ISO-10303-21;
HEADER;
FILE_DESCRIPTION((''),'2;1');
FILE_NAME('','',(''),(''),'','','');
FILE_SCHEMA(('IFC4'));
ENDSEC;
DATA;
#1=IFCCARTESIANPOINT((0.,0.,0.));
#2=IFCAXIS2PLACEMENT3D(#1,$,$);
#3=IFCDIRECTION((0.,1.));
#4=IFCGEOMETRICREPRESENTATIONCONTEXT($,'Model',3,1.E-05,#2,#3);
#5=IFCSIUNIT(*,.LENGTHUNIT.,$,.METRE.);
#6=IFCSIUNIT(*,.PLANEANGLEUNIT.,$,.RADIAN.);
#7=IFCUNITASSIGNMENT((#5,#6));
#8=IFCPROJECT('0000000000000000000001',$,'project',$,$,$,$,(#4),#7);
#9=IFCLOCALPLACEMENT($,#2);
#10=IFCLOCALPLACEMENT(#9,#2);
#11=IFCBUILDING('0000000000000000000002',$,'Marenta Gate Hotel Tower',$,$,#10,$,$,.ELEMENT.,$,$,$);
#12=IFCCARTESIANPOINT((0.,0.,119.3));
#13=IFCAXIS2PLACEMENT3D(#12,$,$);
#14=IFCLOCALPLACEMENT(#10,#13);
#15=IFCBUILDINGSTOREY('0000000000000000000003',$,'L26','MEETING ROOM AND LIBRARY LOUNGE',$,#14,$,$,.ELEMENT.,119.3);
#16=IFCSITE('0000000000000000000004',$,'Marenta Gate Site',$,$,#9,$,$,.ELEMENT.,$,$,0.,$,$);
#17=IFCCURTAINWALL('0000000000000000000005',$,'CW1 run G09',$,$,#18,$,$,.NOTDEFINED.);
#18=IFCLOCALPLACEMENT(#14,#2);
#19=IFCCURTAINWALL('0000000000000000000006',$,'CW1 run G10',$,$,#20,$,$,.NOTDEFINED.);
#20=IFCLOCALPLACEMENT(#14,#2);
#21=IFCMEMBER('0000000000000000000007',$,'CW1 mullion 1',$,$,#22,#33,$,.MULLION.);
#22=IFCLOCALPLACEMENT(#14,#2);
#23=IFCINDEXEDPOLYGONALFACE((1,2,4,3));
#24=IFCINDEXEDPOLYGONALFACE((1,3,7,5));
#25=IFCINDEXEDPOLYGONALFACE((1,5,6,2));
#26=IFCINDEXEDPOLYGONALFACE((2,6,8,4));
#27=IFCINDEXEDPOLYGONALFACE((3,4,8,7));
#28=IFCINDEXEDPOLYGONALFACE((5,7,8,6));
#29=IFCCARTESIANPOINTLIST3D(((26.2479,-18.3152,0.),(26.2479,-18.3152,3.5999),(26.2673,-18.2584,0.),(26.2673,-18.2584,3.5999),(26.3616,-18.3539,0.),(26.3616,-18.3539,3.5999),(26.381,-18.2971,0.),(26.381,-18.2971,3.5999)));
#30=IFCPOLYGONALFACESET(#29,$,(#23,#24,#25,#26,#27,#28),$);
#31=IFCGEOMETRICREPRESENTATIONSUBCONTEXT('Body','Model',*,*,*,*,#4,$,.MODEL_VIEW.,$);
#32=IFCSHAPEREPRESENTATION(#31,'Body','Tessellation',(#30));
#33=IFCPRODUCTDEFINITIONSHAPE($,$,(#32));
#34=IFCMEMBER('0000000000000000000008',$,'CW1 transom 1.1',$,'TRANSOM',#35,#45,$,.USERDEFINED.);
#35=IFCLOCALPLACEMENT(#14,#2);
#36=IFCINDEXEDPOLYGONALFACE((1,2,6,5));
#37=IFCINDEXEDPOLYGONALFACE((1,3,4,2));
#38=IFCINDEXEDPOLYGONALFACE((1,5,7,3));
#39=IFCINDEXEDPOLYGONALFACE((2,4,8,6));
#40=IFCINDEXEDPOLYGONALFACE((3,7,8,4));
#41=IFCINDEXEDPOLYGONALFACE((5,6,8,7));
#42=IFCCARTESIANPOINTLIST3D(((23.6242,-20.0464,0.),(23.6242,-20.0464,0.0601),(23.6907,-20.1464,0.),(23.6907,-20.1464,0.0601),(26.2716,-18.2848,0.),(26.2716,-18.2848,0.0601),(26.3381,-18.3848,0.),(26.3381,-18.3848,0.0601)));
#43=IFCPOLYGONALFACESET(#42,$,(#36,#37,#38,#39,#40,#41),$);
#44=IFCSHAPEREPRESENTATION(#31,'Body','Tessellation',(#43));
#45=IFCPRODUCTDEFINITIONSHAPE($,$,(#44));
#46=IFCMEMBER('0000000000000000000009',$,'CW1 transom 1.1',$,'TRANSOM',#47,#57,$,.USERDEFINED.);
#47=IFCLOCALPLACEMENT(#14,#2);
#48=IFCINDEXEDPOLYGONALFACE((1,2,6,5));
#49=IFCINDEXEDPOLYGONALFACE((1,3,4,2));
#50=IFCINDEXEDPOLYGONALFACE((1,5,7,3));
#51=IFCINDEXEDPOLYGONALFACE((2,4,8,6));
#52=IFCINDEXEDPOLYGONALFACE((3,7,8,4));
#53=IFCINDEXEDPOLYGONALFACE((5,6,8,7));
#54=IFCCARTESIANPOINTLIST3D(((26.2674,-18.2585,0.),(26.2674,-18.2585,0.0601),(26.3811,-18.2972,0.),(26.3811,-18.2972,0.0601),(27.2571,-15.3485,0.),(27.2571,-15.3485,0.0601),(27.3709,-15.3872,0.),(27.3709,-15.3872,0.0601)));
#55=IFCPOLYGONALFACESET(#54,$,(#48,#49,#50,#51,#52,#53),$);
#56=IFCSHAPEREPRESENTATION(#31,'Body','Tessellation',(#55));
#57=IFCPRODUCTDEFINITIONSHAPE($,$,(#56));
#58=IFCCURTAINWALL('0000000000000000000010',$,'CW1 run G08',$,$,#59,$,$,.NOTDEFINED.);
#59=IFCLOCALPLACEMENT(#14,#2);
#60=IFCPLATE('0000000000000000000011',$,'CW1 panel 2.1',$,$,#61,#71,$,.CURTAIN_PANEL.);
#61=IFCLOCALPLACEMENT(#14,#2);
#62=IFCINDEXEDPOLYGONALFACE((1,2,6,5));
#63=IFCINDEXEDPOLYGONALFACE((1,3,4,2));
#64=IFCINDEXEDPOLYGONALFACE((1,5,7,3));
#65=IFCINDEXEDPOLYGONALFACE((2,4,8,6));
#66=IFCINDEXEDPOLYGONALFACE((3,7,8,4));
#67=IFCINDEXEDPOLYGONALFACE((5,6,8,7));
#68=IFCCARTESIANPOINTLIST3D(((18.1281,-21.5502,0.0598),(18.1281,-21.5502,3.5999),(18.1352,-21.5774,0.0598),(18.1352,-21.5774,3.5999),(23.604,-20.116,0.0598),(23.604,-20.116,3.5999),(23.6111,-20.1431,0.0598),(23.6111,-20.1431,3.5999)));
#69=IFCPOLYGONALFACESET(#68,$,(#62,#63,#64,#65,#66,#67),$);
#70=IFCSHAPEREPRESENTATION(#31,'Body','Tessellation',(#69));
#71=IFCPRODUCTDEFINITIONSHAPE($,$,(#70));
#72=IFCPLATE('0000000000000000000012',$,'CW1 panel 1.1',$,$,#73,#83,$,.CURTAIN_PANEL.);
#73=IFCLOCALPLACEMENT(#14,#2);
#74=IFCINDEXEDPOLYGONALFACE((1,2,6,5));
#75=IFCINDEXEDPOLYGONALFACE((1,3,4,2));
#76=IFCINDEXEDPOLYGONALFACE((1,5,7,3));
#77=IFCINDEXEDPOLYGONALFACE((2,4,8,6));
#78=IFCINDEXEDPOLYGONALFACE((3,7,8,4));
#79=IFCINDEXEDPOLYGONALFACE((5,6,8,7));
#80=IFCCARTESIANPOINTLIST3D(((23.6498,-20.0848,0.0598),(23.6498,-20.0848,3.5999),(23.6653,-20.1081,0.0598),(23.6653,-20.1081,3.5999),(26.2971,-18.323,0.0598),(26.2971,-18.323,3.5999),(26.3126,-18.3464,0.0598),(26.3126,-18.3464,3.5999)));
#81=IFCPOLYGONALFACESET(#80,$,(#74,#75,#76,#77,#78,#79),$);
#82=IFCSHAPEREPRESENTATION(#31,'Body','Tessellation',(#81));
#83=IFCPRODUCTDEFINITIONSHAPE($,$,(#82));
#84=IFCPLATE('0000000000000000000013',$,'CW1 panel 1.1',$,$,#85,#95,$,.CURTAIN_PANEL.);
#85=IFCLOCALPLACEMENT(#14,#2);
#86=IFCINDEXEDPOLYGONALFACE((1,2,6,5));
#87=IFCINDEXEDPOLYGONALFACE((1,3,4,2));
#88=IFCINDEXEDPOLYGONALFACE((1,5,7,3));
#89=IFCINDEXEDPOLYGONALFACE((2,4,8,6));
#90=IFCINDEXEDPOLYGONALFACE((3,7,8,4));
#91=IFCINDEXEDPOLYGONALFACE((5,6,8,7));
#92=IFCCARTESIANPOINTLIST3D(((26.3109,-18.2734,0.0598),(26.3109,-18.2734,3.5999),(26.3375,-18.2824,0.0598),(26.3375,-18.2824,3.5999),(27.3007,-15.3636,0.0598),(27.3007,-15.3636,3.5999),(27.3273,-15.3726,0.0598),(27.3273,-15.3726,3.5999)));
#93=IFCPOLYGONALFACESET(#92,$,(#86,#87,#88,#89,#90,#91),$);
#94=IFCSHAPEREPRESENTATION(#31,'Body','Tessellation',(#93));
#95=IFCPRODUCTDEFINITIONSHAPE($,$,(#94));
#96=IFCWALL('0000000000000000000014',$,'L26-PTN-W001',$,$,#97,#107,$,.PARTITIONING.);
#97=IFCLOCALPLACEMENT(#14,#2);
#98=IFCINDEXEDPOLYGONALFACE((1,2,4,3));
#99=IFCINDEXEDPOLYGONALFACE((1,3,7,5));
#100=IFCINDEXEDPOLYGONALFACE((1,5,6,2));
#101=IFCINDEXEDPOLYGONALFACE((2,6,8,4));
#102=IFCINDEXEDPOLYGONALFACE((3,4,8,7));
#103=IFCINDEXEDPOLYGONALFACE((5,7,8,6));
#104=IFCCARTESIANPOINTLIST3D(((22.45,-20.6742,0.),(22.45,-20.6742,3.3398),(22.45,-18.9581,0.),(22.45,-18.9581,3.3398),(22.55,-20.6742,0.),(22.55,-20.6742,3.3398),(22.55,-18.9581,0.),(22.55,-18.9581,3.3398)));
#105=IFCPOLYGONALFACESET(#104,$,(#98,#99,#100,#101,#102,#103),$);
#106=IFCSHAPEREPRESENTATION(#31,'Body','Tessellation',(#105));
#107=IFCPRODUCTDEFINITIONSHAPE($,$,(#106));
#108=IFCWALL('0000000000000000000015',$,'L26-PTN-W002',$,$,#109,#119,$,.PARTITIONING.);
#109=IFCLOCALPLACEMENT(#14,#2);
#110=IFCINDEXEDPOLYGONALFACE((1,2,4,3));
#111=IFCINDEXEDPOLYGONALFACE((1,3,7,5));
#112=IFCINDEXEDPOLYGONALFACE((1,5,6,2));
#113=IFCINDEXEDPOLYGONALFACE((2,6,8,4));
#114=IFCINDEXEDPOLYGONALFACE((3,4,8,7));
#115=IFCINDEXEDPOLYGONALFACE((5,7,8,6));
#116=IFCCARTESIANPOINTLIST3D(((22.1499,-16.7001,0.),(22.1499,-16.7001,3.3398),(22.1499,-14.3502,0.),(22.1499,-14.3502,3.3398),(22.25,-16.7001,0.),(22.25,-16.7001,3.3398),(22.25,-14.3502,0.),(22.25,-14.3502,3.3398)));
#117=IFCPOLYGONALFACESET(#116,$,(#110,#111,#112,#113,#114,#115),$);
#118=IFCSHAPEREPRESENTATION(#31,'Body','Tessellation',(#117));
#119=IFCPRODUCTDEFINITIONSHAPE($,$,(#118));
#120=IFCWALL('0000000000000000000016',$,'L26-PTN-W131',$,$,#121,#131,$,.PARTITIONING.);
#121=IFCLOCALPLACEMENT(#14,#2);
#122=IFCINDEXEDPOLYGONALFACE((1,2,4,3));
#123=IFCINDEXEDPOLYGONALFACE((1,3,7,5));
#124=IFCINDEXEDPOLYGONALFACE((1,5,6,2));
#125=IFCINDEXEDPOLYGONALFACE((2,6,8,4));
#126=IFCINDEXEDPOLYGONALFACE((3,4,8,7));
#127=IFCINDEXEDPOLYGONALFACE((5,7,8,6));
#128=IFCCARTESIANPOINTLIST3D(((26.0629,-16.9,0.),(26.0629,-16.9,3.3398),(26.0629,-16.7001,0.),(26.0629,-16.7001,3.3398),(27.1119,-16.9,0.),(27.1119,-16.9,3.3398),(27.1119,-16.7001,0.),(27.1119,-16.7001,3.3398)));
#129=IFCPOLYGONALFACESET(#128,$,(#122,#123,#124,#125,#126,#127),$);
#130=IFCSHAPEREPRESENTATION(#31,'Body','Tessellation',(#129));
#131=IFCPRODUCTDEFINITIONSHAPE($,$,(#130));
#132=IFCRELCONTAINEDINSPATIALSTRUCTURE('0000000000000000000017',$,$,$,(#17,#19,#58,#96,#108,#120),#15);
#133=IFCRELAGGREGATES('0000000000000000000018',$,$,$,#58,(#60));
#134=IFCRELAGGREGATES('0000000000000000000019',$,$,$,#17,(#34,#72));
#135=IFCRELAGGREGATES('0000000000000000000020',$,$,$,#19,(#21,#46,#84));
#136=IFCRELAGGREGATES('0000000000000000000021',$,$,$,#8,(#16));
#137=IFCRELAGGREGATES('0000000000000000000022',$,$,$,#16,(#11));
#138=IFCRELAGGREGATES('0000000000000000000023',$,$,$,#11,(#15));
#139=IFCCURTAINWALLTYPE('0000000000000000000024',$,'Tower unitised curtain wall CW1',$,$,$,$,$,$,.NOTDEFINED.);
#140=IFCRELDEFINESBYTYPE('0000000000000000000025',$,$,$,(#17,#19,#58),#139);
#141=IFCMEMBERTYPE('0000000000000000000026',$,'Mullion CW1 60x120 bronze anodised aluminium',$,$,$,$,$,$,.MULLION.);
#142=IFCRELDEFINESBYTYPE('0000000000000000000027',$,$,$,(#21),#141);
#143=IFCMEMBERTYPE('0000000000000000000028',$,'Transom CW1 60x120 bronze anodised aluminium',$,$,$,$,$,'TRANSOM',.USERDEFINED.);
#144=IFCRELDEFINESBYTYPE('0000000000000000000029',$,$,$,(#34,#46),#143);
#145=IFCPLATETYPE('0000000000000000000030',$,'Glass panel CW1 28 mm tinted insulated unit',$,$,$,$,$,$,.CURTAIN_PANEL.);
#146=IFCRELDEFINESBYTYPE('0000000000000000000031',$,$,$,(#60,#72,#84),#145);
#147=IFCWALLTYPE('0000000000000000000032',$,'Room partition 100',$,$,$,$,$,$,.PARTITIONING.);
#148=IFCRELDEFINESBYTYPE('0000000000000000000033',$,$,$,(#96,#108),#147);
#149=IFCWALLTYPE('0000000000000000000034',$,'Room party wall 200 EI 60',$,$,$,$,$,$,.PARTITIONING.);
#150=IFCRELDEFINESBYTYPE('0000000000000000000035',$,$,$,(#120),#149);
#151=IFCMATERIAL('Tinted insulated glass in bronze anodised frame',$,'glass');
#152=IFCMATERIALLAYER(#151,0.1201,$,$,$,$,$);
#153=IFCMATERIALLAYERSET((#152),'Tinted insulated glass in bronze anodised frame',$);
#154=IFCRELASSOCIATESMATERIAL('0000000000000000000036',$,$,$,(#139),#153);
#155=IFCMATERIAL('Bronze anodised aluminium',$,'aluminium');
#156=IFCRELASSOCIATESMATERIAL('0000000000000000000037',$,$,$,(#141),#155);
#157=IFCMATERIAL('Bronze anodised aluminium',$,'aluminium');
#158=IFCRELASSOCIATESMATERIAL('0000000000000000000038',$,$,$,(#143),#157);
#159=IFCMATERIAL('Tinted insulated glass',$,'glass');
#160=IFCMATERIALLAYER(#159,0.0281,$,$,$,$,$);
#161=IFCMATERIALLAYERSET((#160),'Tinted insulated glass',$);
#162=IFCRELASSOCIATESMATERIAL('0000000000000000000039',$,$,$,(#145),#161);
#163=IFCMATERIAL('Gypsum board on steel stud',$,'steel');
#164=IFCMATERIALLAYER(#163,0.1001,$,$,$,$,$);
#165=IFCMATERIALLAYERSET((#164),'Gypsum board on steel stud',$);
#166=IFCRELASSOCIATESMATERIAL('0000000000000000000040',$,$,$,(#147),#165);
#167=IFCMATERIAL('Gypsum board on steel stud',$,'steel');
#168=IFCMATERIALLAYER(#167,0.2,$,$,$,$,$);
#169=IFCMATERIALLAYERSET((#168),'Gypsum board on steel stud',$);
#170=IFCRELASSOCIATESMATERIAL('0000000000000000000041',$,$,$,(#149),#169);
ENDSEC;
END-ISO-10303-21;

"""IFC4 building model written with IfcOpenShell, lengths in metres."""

from ifc_helpers import new_model, si_unit, direction, frame, frame_2d, origin, origin_2d, place, context, subcontext, project, spatial, rectangle, extrude, material, layer, layer_set, material_profile, profile_set, type_object, element, aggregate, save


model = new_model("IFC4")

# Units and contexts
model_context = context("Model", 3, precision=1e-05, world=origin(), true_north=direction((0.0, 1.0)))
body_context = subcontext(model_context, "Body", "Model", "MODEL_VIEW")
ifc_project = project(units=[si_unit("LENGTHUNIT", "METRE"), si_unit("PLANEANGLEUNIT", "RADIAN")], contexts=[model_context])

# Site, building, storey
site_placement = place(None, origin())
site = spatial("IfcSite", under=ifc_project, at=site_placement, Name="Marenta Gate Site", CompositionType="ELEMENT", RefElevation=0.0)
building_placement = place(site_placement, origin())
building = spatial("IfcBuilding", under=site, at=building_placement, Name="Marenta Gate Hotel Tower", CompositionType="ELEMENT")
storey_placement = place(building_placement, frame((0.0, 0.0, 119.3)))
storey = spatial("IfcBuildingStorey", under=building, at=storey_placement, Name="L26", Description="MEETING ROOM AND LIBRARY LOUNGE", CompositionType="ELEMENT", Elevation=119.3)

# Curtain walls, member
ifc_material_1 = material(Name="Tinted insulated glass in bronze anodised frame", Category="glass")
ifc_layer_1 = layer(ifc_material_1, 0.1201)
ifc_layer_set_1 = layer_set([ifc_layer_1], Name="Tinted insulated glass in bronze anodised frame")
curtain_wall_type = type_object("IfcCurtainWallType", Name="Tower unitised curtain wall CW1", PredefinedType="NOTDEFINED", material=ifc_layer_set_1)
curtain_wall_1_placement = place(storey_placement, origin())
curtain_wall_1 = element("IfcCurtainWall", 1, at=curtain_wall_1_placement, inside=storey, type_object=curtain_wall_type, Name="CW1 run G09", PredefinedType="NOTDEFINED")
ifc_material_2 = material(Name="Bronze anodised aluminium", Category="aluminium")
ifc_material_profile_1 = material_profile(ifc_material_2, rectangle(XDim=0.1201, YDim=0.0601, at=origin_2d()), Name="Mullion CW1 60x120 bronze anodised aluminium")
ifc_profile_set_1 = profile_set([ifc_material_profile_1], Name="Bronze anodised aluminium")
member_type_1 = type_object("IfcMemberType", Name="Mullion CW1 60x120 bronze anodised aluminium", PredefinedType="MULLION", material=ifc_profile_set_1)
curtain_wall_2_placement = place(storey_placement, origin())
curtain_wall_2 = element("IfcCurtainWall", 2, at=curtain_wall_2_placement, inside=storey, type_object=curtain_wall_type, Name="CW1 run G10", PredefinedType="NOTDEFINED")
member_1_placement = place(storey_placement, frame((26.3145, -18.3062, 0.0), z_axis=(0.0, 0.0, 1.0), x_axis=(-0.946728, 0.322033, 0.0)))
member_1 = element("IfcMember", 3, at=member_1_placement, type_object=member_type_1, Name="CW1 mullion 1", PredefinedType="MULLION", context=body_context, shape_type="SweptSolid", body=[
    extrude(rectangle(XDim=0.1201, YDim=0.0601, at=origin_2d()), origin(), (0.0, 0.0, 1.0), 3.5999),
])

# Members
ifc_material_3 = material(Name="Bronze anodised aluminium", Category="aluminium")
ifc_material_profile_2 = material_profile(ifc_material_3, rectangle(XDim=0.1201, YDim=0.0601, at=origin_2d()), Name="Transom CW1 60x120 bronze anodised aluminium")
ifc_profile_set_2 = profile_set([ifc_material_profile_2], Name="Bronze anodised aluminium")
member_type_2 = type_object("IfcMemberType", Name="Transom CW1 60x120 bronze anodised aluminium", ElementType="TRANSOM", PredefinedType="USERDEFINED", material=ifc_profile_set_2)
member_2_placement = place(storey_placement, frame((23.6575, -20.0964, 0.03), z_axis=(0.832522, 0.553991, 0.0), x_axis=(-0.553991, 0.832522, 0.0)))
member_2 = element("IfcMember", 4, at=member_2_placement, type_object=member_type_2, Name="CW1 transom 1.1", ObjectType="TRANSOM", PredefinedType="USERDEFINED", context=body_context, shape_type="SweptSolid", body=[
    extrude(rectangle(XDim=0.1201, YDim=0.0601, at=origin_2d()), origin(), (0.0, 0.0, 1.0), 3.1799),
])
member_3_placement = place(storey_placement, frame((26.3242, -18.2778, 0.03), z_axis=(0.322012, 0.946735, 0.0), x_axis=(-0.946735, 0.322012, 0.0)))
member_3 = element("IfcMember", 5, at=member_3_placement, type_object=member_type_2, Name="CW1 transom 1.1", ObjectType="TRANSOM", PredefinedType="USERDEFINED", context=body_context, shape_type="SweptSolid", body=[
    extrude(rectangle(XDim=0.1201, YDim=0.0601, at=origin_2d()), origin(), (0.0, 0.0, 1.0), 3.0737),
])

# Curtain wall, plate
curtain_wall_3_placement = place(storey_placement, origin())
curtain_wall_3 = element("IfcCurtainWall", 6, at=curtain_wall_3_placement, inside=storey, type_object=curtain_wall_type, Name="CW1 run G08", PredefinedType="NOTDEFINED")
ifc_material_4 = material(Name="Tinted insulated glass", Category="glass")
ifc_layer_2 = layer(ifc_material_4, 0.0281)
ifc_layer_set_2 = layer_set([ifc_layer_2], Name="Tinted insulated glass")
plate_type = type_object("IfcPlateType", Name="Glass panel CW1 28 mm tinted insulated unit", PredefinedType="CURTAIN_PANEL", material=ifc_layer_set_2)
plate_1_placement = place(storey_placement, frame((20.8696, -20.8467, 0.0598), z_axis=(0.0, 0.0, 1.0), x_axis=(0.967368, 0.253374, 0.0)))
plate_1 = element("IfcPlate", 7, at=plate_1_placement, type_object=plate_type, Name="CW1 panel 2.1", PredefinedType="CURTAIN_PANEL", context=body_context, shape_type="SweptSolid", body=[
    extrude(rectangle(XDim=5.6606, YDim=0.0281, at=origin_2d()), origin(), (0.0, 0.0, 1.0), 3.54),
])
aggregate(curtain_wall_3, [plate_1])

# Plates
plate_2_placement = place(storey_placement, frame((24.9812, -19.2156, 0.0598), z_axis=(0.0, 0.0, 1.0), x_axis=(0.832506, 0.554016, 0.0)))
plate_2 = element("IfcPlate", 8, at=plate_2_placement, type_object=plate_type, Name="CW1 panel 1.1", PredefinedType="CURTAIN_PANEL", context=body_context, shape_type="SweptSolid", body=[
    extrude(rectangle(XDim=3.1799, YDim=0.0281, at=origin_2d()), origin(), (0.0, 0.0, 1.0), 3.54),
])
aggregate(curtain_wall_1, [member_2, plate_2])
plate_3_placement = place(storey_placement, frame((26.8191, -16.823, 0.0598), z_axis=(0.0, 0.0, 1.0), x_axis=(0.322033, 0.946728, 0.0)))
plate_3 = element("IfcPlate", 9, at=plate_3_placement, type_object=plate_type, Name="CW1 panel 1.1", PredefinedType="CURTAIN_PANEL", context=body_context, shape_type="SweptSolid", body=[
    extrude(rectangle(XDim=3.0735, YDim=0.0281, at=origin_2d()), origin(), (0.0, 0.0, 1.0), 3.54),
])
aggregate(curtain_wall_2, [member_1, member_3, plate_3])

# Walls
ifc_material_5 = material(Name="Gypsum board on steel stud", Category="steel")
ifc_layer_3 = layer(ifc_material_5, 0.1001)
ifc_layer_set_3 = layer_set([ifc_layer_3], Name="Gypsum board on steel stud")
wall_type_1 = type_object("IfcWallType", Name="Room partition 100", PredefinedType="PARTITIONING", material=ifc_layer_set_3)
wall_1_placement = place(storey_placement, frame((22.5, -20.6741, 0.0), z_axis=(0.0, 0.0, 1.0), x_axis=(0.0, 1.0, 0.0)))
element("IfcWall", 10, at=wall_1_placement, inside=storey, type_object=wall_type_1, Name="L26-PTN-W001", PredefinedType="PARTITIONING", context=body_context, shape_type="SweptSolid", body=[
    extrude(rectangle(XDim=1.7161, YDim=0.1001, at=frame_2d((0.8579, 0.0))), origin(), (0.0, 0.0, 1.0), 3.3398),
])
wall_2_placement = place(storey_placement, frame((22.2, -16.7, 0.0), z_axis=(0.0, 0.0, 1.0), x_axis=(0.0, 1.0, 0.0)))
element("IfcWall", 11, at=wall_2_placement, inside=storey, type_object=wall_type_1, Name="L26-PTN-W002", PredefinedType="PARTITIONING", context=body_context, shape_type="SweptSolid", body=[
    extrude(rectangle(XDim=2.3499, YDim=0.1001, at=frame_2d((1.1748, 0.0))), origin(), (0.0, 0.0, 1.0), 3.3398),
])
ifc_material_6 = material(Name="Gypsum board on steel stud", Category="steel")
ifc_layer_4 = layer(ifc_material_6, 0.2)
ifc_layer_set_4 = layer_set([ifc_layer_4], Name="Gypsum board on steel stud")
wall_type_2 = type_object("IfcWallType", Name="Room party wall 200 EI 60", PredefinedType="PARTITIONING", material=ifc_layer_set_4)
wall_3_placement = place(storey_placement, frame((26.063, -16.8, 0.0), z_axis=(0.0, 0.0, 1.0), x_axis=(1.0, 0.0, 0.0)))
element("IfcWall", 12, at=wall_3_placement, inside=storey, type_object=wall_type_2, Name="L26-PTN-W131", PredefinedType="PARTITIONING", context=body_context, shape_type="SweptSolid", body=[
    extrude(rectangle(XDim=1.0491, YDim=0.2, at=frame_2d((0.5244, 0.0))), origin(), (0.0, 0.0, 1.0), 3.3398),
])

save(model, "model.ifc")
